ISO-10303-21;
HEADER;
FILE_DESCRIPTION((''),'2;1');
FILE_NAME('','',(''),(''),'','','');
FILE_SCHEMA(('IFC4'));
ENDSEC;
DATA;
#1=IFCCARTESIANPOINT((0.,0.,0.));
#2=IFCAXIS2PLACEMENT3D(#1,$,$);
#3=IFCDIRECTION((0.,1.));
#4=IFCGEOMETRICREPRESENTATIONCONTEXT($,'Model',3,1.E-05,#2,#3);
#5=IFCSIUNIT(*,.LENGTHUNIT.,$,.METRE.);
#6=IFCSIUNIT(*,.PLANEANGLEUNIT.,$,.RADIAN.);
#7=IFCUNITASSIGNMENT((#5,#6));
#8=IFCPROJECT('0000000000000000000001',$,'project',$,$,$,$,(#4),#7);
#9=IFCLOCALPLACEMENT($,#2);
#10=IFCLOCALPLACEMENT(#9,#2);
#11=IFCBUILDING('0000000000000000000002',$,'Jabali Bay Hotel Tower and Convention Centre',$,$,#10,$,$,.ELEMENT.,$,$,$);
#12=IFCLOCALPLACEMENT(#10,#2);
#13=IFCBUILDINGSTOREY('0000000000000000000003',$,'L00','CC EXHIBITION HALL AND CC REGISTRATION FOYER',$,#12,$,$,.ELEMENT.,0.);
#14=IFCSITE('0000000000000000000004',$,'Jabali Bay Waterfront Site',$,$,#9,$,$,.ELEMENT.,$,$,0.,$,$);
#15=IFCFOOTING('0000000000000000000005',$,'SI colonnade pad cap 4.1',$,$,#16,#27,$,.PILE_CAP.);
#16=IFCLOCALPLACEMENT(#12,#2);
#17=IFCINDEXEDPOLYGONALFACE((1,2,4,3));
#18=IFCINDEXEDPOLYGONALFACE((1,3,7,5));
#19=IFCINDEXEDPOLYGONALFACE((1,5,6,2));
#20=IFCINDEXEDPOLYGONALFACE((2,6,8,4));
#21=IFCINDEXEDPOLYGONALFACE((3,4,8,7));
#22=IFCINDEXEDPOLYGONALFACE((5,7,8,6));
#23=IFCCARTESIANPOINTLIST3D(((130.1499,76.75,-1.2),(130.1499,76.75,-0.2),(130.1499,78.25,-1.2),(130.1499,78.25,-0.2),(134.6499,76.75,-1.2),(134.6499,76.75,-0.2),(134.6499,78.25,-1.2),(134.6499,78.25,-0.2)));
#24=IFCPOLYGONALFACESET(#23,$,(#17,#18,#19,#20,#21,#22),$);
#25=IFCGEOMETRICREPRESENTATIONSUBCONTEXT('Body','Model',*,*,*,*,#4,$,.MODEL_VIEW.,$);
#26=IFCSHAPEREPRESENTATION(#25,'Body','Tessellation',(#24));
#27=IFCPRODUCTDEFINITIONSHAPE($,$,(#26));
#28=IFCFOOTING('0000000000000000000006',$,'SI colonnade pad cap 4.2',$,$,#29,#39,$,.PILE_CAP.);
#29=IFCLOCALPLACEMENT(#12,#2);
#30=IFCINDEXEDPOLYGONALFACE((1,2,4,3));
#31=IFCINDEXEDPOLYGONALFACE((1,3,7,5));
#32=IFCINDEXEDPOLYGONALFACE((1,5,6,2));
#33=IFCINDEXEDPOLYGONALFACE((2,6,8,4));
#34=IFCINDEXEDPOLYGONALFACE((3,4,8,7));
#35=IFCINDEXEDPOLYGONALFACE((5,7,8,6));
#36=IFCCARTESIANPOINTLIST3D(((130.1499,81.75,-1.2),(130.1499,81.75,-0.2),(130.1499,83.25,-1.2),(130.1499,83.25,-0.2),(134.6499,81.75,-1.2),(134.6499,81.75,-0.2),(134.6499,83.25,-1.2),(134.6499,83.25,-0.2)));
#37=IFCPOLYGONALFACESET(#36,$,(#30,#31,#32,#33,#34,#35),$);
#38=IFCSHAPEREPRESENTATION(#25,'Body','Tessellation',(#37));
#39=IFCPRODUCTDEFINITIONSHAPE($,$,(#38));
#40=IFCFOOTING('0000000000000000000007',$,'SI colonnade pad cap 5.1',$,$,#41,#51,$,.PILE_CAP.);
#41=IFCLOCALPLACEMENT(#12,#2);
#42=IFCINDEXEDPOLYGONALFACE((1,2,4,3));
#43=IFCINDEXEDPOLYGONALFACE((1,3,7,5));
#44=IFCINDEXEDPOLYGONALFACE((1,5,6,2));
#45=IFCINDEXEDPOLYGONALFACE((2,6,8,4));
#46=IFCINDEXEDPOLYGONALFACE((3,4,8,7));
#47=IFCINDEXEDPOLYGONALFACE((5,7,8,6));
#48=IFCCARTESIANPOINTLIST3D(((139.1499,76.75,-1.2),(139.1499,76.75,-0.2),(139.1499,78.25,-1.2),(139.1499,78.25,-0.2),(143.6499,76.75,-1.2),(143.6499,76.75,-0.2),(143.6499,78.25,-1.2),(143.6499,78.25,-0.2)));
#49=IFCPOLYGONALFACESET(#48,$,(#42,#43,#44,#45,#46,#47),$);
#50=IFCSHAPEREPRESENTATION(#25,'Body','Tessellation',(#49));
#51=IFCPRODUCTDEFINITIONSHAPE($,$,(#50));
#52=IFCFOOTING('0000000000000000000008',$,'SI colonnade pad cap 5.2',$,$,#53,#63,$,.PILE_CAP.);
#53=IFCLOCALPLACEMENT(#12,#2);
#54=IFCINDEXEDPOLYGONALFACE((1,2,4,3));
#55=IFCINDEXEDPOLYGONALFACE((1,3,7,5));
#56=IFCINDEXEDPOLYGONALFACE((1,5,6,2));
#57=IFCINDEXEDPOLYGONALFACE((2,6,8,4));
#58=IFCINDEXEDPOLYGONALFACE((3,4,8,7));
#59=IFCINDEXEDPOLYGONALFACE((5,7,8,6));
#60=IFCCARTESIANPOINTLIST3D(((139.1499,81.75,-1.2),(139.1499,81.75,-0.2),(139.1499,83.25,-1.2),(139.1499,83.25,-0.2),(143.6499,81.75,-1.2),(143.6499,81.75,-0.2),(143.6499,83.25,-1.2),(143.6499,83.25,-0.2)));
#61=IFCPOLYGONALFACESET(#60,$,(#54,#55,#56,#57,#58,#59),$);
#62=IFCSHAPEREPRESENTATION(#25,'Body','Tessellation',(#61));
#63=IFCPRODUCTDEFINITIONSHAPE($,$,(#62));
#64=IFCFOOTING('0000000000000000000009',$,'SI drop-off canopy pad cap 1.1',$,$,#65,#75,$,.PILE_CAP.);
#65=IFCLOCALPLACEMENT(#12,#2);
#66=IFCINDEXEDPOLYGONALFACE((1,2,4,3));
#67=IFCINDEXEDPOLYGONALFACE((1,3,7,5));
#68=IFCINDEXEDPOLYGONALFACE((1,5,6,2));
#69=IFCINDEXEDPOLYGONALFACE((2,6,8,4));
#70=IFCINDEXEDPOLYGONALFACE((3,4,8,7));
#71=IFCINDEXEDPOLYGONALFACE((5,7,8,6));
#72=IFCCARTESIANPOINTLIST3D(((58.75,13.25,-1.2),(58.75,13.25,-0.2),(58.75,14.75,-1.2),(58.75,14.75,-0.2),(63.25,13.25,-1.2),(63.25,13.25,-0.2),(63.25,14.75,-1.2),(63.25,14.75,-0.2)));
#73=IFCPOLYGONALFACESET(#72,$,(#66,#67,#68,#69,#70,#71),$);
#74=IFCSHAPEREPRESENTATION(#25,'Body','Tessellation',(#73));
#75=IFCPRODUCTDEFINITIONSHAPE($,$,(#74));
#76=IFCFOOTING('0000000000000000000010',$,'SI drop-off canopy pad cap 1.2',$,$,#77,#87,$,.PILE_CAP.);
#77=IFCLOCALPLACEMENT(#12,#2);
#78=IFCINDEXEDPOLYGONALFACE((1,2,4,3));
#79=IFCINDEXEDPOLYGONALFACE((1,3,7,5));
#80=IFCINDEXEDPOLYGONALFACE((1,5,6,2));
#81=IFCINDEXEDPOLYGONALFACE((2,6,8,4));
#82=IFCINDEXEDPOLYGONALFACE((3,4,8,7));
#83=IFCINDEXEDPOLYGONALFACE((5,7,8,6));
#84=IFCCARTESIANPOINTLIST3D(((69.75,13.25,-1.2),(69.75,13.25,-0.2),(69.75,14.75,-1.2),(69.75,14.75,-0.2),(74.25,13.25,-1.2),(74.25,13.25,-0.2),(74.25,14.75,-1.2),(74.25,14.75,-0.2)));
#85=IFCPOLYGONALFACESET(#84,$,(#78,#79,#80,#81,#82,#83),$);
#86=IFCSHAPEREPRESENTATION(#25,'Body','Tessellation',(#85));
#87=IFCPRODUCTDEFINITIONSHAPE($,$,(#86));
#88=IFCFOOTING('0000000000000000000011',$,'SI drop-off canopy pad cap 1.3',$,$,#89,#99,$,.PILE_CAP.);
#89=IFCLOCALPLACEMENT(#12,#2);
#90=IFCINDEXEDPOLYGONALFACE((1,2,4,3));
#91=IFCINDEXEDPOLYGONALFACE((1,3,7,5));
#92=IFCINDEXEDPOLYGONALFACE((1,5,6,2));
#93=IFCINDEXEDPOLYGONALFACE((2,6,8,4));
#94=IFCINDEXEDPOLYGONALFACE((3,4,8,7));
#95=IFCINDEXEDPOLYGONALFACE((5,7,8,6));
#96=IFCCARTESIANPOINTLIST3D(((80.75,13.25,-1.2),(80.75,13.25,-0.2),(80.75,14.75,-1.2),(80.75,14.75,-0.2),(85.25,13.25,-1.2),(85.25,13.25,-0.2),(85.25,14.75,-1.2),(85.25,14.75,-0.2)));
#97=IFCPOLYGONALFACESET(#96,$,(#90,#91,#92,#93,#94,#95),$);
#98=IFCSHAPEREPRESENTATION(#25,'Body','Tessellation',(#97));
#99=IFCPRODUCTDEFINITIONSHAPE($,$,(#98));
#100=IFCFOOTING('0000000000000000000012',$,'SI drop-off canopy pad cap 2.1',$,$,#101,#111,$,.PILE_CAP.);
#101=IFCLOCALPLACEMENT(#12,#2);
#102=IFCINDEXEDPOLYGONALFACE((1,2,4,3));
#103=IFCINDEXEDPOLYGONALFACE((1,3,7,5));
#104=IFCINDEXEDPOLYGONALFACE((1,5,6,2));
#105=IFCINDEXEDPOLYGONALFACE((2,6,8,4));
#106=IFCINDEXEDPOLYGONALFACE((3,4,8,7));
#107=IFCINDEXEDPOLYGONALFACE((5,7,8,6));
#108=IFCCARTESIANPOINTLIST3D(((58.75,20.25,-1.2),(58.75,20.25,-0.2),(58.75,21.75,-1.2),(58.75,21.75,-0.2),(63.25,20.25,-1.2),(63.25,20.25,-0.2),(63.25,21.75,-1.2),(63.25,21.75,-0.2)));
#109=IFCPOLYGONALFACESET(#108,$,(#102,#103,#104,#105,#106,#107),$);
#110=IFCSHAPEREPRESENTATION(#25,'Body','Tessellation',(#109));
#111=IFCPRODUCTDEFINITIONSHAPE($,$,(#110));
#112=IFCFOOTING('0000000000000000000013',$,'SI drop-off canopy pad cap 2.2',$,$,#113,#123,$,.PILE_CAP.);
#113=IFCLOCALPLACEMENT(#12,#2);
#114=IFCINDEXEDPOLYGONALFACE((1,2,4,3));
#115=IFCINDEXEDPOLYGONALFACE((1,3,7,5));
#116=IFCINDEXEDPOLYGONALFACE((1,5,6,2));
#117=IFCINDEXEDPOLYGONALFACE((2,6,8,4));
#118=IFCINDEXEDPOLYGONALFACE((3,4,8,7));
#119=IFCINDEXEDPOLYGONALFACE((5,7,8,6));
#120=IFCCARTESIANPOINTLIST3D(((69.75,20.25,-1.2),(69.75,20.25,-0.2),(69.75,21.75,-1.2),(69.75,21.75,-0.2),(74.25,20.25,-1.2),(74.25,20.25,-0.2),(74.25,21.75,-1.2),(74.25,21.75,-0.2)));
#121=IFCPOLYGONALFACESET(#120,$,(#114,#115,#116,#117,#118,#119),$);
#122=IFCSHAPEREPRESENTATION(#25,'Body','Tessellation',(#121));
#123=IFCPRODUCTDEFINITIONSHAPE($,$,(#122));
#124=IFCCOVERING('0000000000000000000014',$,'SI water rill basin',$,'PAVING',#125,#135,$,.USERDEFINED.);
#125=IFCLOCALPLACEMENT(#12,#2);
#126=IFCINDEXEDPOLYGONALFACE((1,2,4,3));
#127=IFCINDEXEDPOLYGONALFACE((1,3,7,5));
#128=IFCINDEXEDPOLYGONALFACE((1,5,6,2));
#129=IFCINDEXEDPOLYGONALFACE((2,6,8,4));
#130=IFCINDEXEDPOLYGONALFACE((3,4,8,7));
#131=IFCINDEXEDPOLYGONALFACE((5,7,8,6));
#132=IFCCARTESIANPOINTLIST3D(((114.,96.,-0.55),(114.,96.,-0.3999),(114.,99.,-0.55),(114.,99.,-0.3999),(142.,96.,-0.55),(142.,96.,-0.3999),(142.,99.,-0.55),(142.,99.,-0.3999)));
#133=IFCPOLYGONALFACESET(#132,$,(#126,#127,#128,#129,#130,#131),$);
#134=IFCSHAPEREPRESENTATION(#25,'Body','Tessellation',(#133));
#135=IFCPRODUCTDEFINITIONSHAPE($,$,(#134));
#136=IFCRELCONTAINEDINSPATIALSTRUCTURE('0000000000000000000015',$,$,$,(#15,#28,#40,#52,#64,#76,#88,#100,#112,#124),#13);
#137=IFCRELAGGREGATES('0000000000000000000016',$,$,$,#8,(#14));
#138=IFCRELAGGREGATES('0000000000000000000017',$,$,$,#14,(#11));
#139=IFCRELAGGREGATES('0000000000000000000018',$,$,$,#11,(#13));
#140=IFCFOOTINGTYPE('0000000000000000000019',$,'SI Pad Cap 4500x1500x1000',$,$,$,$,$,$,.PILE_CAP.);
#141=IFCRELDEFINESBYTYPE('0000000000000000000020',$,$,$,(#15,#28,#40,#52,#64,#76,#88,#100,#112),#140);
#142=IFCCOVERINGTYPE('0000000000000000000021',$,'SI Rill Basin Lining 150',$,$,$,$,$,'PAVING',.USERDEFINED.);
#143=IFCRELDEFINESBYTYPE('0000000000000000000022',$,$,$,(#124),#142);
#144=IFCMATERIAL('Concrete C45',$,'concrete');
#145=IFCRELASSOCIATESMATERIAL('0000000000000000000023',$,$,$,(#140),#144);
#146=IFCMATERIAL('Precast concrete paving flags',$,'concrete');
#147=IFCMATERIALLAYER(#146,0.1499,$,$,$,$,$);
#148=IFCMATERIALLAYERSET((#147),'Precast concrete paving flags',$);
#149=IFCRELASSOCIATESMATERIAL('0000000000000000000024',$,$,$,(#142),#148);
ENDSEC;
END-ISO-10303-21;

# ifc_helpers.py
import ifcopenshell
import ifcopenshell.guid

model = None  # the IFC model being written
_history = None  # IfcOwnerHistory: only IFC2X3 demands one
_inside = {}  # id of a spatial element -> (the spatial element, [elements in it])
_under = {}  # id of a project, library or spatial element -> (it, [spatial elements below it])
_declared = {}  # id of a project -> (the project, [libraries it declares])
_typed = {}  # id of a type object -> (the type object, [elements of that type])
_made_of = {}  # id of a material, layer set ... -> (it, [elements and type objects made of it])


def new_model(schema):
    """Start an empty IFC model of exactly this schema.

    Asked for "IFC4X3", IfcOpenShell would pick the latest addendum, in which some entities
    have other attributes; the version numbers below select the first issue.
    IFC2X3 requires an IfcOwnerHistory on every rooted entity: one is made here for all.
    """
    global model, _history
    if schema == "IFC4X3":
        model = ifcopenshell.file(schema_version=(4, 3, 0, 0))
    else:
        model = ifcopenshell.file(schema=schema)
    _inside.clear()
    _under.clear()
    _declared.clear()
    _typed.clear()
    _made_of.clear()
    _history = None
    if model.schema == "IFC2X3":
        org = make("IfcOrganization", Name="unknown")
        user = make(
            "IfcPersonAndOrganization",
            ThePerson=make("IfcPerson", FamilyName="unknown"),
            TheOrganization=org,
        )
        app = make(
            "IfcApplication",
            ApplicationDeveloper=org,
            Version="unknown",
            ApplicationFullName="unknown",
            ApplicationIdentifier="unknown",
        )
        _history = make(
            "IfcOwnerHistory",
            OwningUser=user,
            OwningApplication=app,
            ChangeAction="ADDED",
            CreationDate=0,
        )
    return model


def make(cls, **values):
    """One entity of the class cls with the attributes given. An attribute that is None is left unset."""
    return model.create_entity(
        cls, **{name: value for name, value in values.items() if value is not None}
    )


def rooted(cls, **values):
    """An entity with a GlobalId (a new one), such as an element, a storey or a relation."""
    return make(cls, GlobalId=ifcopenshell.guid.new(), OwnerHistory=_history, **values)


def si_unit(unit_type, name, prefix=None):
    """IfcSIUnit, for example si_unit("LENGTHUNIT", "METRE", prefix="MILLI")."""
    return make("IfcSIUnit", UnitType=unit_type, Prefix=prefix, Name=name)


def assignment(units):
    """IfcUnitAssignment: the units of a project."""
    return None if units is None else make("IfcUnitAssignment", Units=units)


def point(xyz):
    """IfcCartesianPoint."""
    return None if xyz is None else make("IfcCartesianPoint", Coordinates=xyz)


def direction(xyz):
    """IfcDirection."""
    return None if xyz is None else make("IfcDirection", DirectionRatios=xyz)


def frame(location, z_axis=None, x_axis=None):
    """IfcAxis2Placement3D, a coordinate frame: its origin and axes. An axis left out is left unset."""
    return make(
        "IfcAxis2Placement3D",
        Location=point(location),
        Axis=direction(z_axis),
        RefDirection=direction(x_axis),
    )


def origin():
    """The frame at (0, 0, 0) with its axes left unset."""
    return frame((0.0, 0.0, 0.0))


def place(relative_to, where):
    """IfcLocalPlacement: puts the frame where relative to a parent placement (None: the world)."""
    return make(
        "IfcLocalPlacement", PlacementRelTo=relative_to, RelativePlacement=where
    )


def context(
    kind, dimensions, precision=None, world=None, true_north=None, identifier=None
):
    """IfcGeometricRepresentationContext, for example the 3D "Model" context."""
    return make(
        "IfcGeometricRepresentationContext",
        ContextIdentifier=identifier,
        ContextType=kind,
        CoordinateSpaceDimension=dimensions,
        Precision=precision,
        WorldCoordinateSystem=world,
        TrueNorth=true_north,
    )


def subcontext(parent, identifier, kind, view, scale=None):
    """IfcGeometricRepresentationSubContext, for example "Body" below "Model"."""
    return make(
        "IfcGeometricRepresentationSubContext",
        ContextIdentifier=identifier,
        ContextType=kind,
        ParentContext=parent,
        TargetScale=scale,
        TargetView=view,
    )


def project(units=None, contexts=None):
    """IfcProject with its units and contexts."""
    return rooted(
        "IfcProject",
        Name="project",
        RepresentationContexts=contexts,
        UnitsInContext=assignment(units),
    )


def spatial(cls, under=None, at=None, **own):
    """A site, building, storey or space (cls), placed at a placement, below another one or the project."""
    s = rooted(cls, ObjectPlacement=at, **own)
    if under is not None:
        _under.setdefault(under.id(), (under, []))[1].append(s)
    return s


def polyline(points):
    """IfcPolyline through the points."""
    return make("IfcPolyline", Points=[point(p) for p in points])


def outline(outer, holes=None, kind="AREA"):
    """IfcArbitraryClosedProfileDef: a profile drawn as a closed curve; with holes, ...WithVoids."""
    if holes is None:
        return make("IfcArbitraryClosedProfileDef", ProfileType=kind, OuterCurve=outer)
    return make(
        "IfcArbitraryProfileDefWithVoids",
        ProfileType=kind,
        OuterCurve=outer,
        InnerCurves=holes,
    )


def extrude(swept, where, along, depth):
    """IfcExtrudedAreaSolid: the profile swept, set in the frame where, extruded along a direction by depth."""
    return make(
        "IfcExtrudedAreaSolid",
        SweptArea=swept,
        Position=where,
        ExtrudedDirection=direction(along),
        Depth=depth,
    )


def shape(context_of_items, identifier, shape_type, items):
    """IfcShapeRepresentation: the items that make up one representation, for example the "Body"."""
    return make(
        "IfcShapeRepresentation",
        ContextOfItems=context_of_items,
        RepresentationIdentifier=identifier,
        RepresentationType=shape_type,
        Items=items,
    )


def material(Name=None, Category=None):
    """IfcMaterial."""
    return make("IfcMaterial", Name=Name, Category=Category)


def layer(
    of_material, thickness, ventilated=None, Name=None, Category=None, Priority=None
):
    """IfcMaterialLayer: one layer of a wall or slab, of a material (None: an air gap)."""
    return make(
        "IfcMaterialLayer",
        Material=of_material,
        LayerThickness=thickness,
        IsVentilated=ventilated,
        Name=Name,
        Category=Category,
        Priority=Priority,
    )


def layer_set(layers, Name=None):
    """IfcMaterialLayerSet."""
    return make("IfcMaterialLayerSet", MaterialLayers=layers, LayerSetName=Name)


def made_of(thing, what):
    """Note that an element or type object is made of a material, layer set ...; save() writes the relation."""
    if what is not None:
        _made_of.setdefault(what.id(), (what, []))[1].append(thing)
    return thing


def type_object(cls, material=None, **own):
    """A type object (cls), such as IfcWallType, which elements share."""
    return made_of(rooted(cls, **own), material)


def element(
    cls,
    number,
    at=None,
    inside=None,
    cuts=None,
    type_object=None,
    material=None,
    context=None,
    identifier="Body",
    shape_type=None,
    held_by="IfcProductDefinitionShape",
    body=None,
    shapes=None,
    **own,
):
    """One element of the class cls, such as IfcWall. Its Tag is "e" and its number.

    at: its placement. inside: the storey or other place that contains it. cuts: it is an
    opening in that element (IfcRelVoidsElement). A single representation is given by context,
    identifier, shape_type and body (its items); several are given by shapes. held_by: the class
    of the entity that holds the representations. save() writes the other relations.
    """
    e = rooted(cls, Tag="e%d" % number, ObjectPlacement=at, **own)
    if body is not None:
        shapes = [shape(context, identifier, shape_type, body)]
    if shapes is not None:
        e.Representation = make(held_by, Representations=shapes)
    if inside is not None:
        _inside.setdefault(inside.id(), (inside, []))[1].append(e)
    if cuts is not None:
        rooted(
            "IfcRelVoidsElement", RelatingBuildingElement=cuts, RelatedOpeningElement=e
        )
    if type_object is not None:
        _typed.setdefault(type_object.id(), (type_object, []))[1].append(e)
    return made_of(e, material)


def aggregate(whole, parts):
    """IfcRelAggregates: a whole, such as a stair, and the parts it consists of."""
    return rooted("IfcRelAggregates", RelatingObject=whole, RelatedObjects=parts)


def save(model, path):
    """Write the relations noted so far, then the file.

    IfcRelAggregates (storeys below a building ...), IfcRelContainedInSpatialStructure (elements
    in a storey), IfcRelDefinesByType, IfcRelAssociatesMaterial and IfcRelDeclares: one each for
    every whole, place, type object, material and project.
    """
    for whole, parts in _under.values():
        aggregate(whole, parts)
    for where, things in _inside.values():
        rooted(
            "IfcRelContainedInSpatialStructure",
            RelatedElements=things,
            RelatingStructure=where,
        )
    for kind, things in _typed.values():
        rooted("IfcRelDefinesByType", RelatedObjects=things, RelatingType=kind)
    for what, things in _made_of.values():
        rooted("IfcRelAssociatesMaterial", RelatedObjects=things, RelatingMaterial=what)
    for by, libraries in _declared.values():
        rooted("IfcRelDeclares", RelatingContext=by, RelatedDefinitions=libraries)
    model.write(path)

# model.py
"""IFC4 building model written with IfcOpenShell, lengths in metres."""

from ifc_helpers import new_model, si_unit, direction, frame, origin, place, context, subcontext, project, spatial, polyline, outline, extrude, material, layer, layer_set, type_object, element, save


model = new_model("IFC4")

# Units and contexts
model_context = context("Model", 3, precision=1e-05, world=origin(), true_north=direction((0.0, 1.0)))
body_context = subcontext(model_context, "Body", "Model", "MODEL_VIEW")
ifc_project = project(units=[si_unit("LENGTHUNIT", "METRE"), si_unit("PLANEANGLEUNIT", "RADIAN")], contexts=[model_context])

# Site, building, storey
site_placement = place(None, origin())
site = spatial("IfcSite", under=ifc_project, at=site_placement, Name="Jabali Bay Waterfront Site", CompositionType="ELEMENT", RefElevation=0.0)
building_placement = place(site_placement, origin())
building = spatial("IfcBuilding", under=site, at=building_placement, Name="Jabali Bay Hotel Tower and Convention Centre", CompositionType="ELEMENT")
storey_placement = place(building_placement, origin())
storey = spatial("IfcBuildingStorey", under=building, at=storey_placement, Name="L00", Description="CC EXHIBITION HALL AND CC REGISTRATION FOYER", CompositionType="ELEMENT", Elevation=0.0)

# Footings
ifc_material_1 = material(Name="Concrete C45", Category="concrete")
footing_type_1 = type_object("IfcFootingType", Name="SI Pad Cap 4500x1500x1000", PredefinedType="PILE_CAP", material=ifc_material_1)
footing_1_placement = place(storey_placement, frame((0.0, 0.0, -1.2)))
element("IfcFooting", 1, at=footing_1_placement, inside=storey, type_object=footing_type_1, Name="SI colonnade pad cap 4.1", PredefinedType="PILE_CAP", context=body_context, shape_type="SweptSolid", body=[
    extrude(outline(polyline([(130.1499, 76.75), (134.6499, 76.75), (134.6499, 78.25), (130.1499, 78.25), (130.1499, 76.75)])), origin(), (0.0, 0.0, 1.0), 1.0),
])
footing_2_placement = place(storey_placement, frame((0.0, 0.0, -1.2)))
element("IfcFooting", 2, at=footing_2_placement, inside=storey, type_object=footing_type_1, Name="SI colonnade pad cap 4.2", PredefinedType="PILE_CAP", context=body_context, shape_type="SweptSolid", body=[
    extrude(outline(polyline([(130.1499, 81.75), (134.6499, 81.75), (134.6499, 83.25), (130.1499, 83.25), (130.1499, 81.75)])), origin(), (0.0, 0.0, 1.0), 1.0),
])
footing_3_placement = place(storey_placement, frame((0.0, 0.0, -1.2)))
element("IfcFooting", 3, at=footing_3_placement, inside=storey, type_object=footing_type_1, Name="SI colonnade pad cap 5.1", PredefinedType="PILE_CAP", context=body_context, shape_type="SweptSolid", body=[
    extrude(outline(polyline([(139.1499, 76.75), (143.6499, 76.75), (143.6499, 78.25), (139.1499, 78.25), (139.1499, 76.75)])), origin(), (0.0, 0.0, 1.0), 1.0),
])
footing_4_placement = place(storey_placement, frame((0.0, 0.0, -1.2)))
element("IfcFooting", 4, at=footing_4_placement, inside=storey, type_object=footing_type_1, Name="SI colonnade pad cap 5.2", PredefinedType="PILE_CAP", context=body_context, shape_type="SweptSolid", body=[
    extrude(outline(polyline([(139.1499, 81.75), (143.6499, 81.75), (143.6499, 83.25), (139.1499, 83.25), (139.1499, 81.75)])), origin(), (0.0, 0.0, 1.0), 1.0),
])
footing_5_placement = place(storey_placement, frame((0.0, 0.0, -1.2)))
element("IfcFooting", 5, at=footing_5_placement, inside=storey, type_object=footing_type_1, Name="SI drop-off canopy pad cap 1.1", PredefinedType="PILE_CAP", context=body_context, shape_type="SweptSolid", body=[
    extrude(outline(polyline([(58.75, 13.25), (63.25, 13.25), (63.25, 14.75), (58.75, 14.75), (58.75, 13.25)])), origin(), (0.0, 0.0, 1.0), 1.0),
])
footing_6_placement = place(storey_placement, frame((0.0, 0.0, -1.2)))
element("IfcFooting", 6, at=footing_6_placement, inside=storey, type_object=footing_type_1, Name="SI drop-off canopy pad cap 1.2", PredefinedType="PILE_CAP", context=body_context, shape_type="SweptSolid", body=[
    extrude(outline(polyline([(69.75, 13.25), (74.25, 13.25), (74.25, 14.75), (69.75, 14.75), (69.75, 13.25)])), origin(), (0.0, 0.0, 1.0), 1.0),
])
footing_7_placement = place(storey_placement, frame((0.0, 0.0, -1.2)))
element("IfcFooting", 7, at=footing_7_placement, inside=storey, type_object=footing_type_1, Name="SI drop-off canopy pad cap 1.3", PredefinedType="PILE_CAP", context=body_context, shape_type="SweptSolid", body=[
    extrude(outline(polyline([(80.75, 13.25), (85.25, 13.25), (85.25, 14.75), (80.75, 14.75), (80.75, 13.25)])), origin(), (0.0, 0.0, 1.0), 1.0),
])
footing_8_placement = place(storey_placement, frame((0.0, 0.0, -1.2)))
element("IfcFooting", 8, at=footing_8_placement, inside=storey, type_object=footing_type_1, Name="SI drop-off canopy pad cap 2.1", PredefinedType="PILE_CAP", context=body_context, shape_type="SweptSolid", body=[
    extrude(outline(polyline([(58.75, 20.25), (63.25, 20.25), (63.25, 21.75), (58.75, 21.75), (58.75, 20.25)])), origin(), (0.0, 0.0, 1.0), 1.0),
])
footing_9_placement = place(storey_placement, frame((0.0, 0.0, -1.2)))
element("IfcFooting", 9, at=footing_9_placement, inside=storey, type_object=footing_type_1, Name="SI drop-off canopy pad cap 2.2", PredefinedType="PILE_CAP", context=body_context, shape_type="SweptSolid", body=[
    extrude(outline(polyline([(69.75, 20.25), (74.25, 20.25), (74.25, 21.75), (69.75, 21.75), (69.75, 20.25)])), origin(), (0.0, 0.0, 1.0), 1.0),
])

# Covering
ifc_material_2 = material(Name="Precast concrete paving flags", Category="concrete")
ifc_layer = layer(ifc_material_2, 0.1499)
ifc_layer_set = layer_set([ifc_layer], Name="Precast concrete paving flags")
covering_type = type_object("IfcCoveringType", Name="SI Rill Basin Lining 150", ElementType="PAVING", PredefinedType="USERDEFINED", material=ifc_layer_set)
covering_placement = place(storey_placement, frame((0.0, 0.0, -0.55)))
element("IfcCovering", 10, at=covering_placement, inside=storey, type_object=covering_type, Name="SI water rill basin", ObjectType="PAVING", PredefinedType="USERDEFINED", context=body_context, shape_type="SweptSolid", body=[
    extrude(outline(polyline([(142.0, 96.0), (142.0, 99.0), (114.0, 99.0), (114.0, 96.0), (142.0, 96.0)])), origin(), (0.0, 0.0, 1.0), 0.1501),
])

save(model, "model.ifc")
